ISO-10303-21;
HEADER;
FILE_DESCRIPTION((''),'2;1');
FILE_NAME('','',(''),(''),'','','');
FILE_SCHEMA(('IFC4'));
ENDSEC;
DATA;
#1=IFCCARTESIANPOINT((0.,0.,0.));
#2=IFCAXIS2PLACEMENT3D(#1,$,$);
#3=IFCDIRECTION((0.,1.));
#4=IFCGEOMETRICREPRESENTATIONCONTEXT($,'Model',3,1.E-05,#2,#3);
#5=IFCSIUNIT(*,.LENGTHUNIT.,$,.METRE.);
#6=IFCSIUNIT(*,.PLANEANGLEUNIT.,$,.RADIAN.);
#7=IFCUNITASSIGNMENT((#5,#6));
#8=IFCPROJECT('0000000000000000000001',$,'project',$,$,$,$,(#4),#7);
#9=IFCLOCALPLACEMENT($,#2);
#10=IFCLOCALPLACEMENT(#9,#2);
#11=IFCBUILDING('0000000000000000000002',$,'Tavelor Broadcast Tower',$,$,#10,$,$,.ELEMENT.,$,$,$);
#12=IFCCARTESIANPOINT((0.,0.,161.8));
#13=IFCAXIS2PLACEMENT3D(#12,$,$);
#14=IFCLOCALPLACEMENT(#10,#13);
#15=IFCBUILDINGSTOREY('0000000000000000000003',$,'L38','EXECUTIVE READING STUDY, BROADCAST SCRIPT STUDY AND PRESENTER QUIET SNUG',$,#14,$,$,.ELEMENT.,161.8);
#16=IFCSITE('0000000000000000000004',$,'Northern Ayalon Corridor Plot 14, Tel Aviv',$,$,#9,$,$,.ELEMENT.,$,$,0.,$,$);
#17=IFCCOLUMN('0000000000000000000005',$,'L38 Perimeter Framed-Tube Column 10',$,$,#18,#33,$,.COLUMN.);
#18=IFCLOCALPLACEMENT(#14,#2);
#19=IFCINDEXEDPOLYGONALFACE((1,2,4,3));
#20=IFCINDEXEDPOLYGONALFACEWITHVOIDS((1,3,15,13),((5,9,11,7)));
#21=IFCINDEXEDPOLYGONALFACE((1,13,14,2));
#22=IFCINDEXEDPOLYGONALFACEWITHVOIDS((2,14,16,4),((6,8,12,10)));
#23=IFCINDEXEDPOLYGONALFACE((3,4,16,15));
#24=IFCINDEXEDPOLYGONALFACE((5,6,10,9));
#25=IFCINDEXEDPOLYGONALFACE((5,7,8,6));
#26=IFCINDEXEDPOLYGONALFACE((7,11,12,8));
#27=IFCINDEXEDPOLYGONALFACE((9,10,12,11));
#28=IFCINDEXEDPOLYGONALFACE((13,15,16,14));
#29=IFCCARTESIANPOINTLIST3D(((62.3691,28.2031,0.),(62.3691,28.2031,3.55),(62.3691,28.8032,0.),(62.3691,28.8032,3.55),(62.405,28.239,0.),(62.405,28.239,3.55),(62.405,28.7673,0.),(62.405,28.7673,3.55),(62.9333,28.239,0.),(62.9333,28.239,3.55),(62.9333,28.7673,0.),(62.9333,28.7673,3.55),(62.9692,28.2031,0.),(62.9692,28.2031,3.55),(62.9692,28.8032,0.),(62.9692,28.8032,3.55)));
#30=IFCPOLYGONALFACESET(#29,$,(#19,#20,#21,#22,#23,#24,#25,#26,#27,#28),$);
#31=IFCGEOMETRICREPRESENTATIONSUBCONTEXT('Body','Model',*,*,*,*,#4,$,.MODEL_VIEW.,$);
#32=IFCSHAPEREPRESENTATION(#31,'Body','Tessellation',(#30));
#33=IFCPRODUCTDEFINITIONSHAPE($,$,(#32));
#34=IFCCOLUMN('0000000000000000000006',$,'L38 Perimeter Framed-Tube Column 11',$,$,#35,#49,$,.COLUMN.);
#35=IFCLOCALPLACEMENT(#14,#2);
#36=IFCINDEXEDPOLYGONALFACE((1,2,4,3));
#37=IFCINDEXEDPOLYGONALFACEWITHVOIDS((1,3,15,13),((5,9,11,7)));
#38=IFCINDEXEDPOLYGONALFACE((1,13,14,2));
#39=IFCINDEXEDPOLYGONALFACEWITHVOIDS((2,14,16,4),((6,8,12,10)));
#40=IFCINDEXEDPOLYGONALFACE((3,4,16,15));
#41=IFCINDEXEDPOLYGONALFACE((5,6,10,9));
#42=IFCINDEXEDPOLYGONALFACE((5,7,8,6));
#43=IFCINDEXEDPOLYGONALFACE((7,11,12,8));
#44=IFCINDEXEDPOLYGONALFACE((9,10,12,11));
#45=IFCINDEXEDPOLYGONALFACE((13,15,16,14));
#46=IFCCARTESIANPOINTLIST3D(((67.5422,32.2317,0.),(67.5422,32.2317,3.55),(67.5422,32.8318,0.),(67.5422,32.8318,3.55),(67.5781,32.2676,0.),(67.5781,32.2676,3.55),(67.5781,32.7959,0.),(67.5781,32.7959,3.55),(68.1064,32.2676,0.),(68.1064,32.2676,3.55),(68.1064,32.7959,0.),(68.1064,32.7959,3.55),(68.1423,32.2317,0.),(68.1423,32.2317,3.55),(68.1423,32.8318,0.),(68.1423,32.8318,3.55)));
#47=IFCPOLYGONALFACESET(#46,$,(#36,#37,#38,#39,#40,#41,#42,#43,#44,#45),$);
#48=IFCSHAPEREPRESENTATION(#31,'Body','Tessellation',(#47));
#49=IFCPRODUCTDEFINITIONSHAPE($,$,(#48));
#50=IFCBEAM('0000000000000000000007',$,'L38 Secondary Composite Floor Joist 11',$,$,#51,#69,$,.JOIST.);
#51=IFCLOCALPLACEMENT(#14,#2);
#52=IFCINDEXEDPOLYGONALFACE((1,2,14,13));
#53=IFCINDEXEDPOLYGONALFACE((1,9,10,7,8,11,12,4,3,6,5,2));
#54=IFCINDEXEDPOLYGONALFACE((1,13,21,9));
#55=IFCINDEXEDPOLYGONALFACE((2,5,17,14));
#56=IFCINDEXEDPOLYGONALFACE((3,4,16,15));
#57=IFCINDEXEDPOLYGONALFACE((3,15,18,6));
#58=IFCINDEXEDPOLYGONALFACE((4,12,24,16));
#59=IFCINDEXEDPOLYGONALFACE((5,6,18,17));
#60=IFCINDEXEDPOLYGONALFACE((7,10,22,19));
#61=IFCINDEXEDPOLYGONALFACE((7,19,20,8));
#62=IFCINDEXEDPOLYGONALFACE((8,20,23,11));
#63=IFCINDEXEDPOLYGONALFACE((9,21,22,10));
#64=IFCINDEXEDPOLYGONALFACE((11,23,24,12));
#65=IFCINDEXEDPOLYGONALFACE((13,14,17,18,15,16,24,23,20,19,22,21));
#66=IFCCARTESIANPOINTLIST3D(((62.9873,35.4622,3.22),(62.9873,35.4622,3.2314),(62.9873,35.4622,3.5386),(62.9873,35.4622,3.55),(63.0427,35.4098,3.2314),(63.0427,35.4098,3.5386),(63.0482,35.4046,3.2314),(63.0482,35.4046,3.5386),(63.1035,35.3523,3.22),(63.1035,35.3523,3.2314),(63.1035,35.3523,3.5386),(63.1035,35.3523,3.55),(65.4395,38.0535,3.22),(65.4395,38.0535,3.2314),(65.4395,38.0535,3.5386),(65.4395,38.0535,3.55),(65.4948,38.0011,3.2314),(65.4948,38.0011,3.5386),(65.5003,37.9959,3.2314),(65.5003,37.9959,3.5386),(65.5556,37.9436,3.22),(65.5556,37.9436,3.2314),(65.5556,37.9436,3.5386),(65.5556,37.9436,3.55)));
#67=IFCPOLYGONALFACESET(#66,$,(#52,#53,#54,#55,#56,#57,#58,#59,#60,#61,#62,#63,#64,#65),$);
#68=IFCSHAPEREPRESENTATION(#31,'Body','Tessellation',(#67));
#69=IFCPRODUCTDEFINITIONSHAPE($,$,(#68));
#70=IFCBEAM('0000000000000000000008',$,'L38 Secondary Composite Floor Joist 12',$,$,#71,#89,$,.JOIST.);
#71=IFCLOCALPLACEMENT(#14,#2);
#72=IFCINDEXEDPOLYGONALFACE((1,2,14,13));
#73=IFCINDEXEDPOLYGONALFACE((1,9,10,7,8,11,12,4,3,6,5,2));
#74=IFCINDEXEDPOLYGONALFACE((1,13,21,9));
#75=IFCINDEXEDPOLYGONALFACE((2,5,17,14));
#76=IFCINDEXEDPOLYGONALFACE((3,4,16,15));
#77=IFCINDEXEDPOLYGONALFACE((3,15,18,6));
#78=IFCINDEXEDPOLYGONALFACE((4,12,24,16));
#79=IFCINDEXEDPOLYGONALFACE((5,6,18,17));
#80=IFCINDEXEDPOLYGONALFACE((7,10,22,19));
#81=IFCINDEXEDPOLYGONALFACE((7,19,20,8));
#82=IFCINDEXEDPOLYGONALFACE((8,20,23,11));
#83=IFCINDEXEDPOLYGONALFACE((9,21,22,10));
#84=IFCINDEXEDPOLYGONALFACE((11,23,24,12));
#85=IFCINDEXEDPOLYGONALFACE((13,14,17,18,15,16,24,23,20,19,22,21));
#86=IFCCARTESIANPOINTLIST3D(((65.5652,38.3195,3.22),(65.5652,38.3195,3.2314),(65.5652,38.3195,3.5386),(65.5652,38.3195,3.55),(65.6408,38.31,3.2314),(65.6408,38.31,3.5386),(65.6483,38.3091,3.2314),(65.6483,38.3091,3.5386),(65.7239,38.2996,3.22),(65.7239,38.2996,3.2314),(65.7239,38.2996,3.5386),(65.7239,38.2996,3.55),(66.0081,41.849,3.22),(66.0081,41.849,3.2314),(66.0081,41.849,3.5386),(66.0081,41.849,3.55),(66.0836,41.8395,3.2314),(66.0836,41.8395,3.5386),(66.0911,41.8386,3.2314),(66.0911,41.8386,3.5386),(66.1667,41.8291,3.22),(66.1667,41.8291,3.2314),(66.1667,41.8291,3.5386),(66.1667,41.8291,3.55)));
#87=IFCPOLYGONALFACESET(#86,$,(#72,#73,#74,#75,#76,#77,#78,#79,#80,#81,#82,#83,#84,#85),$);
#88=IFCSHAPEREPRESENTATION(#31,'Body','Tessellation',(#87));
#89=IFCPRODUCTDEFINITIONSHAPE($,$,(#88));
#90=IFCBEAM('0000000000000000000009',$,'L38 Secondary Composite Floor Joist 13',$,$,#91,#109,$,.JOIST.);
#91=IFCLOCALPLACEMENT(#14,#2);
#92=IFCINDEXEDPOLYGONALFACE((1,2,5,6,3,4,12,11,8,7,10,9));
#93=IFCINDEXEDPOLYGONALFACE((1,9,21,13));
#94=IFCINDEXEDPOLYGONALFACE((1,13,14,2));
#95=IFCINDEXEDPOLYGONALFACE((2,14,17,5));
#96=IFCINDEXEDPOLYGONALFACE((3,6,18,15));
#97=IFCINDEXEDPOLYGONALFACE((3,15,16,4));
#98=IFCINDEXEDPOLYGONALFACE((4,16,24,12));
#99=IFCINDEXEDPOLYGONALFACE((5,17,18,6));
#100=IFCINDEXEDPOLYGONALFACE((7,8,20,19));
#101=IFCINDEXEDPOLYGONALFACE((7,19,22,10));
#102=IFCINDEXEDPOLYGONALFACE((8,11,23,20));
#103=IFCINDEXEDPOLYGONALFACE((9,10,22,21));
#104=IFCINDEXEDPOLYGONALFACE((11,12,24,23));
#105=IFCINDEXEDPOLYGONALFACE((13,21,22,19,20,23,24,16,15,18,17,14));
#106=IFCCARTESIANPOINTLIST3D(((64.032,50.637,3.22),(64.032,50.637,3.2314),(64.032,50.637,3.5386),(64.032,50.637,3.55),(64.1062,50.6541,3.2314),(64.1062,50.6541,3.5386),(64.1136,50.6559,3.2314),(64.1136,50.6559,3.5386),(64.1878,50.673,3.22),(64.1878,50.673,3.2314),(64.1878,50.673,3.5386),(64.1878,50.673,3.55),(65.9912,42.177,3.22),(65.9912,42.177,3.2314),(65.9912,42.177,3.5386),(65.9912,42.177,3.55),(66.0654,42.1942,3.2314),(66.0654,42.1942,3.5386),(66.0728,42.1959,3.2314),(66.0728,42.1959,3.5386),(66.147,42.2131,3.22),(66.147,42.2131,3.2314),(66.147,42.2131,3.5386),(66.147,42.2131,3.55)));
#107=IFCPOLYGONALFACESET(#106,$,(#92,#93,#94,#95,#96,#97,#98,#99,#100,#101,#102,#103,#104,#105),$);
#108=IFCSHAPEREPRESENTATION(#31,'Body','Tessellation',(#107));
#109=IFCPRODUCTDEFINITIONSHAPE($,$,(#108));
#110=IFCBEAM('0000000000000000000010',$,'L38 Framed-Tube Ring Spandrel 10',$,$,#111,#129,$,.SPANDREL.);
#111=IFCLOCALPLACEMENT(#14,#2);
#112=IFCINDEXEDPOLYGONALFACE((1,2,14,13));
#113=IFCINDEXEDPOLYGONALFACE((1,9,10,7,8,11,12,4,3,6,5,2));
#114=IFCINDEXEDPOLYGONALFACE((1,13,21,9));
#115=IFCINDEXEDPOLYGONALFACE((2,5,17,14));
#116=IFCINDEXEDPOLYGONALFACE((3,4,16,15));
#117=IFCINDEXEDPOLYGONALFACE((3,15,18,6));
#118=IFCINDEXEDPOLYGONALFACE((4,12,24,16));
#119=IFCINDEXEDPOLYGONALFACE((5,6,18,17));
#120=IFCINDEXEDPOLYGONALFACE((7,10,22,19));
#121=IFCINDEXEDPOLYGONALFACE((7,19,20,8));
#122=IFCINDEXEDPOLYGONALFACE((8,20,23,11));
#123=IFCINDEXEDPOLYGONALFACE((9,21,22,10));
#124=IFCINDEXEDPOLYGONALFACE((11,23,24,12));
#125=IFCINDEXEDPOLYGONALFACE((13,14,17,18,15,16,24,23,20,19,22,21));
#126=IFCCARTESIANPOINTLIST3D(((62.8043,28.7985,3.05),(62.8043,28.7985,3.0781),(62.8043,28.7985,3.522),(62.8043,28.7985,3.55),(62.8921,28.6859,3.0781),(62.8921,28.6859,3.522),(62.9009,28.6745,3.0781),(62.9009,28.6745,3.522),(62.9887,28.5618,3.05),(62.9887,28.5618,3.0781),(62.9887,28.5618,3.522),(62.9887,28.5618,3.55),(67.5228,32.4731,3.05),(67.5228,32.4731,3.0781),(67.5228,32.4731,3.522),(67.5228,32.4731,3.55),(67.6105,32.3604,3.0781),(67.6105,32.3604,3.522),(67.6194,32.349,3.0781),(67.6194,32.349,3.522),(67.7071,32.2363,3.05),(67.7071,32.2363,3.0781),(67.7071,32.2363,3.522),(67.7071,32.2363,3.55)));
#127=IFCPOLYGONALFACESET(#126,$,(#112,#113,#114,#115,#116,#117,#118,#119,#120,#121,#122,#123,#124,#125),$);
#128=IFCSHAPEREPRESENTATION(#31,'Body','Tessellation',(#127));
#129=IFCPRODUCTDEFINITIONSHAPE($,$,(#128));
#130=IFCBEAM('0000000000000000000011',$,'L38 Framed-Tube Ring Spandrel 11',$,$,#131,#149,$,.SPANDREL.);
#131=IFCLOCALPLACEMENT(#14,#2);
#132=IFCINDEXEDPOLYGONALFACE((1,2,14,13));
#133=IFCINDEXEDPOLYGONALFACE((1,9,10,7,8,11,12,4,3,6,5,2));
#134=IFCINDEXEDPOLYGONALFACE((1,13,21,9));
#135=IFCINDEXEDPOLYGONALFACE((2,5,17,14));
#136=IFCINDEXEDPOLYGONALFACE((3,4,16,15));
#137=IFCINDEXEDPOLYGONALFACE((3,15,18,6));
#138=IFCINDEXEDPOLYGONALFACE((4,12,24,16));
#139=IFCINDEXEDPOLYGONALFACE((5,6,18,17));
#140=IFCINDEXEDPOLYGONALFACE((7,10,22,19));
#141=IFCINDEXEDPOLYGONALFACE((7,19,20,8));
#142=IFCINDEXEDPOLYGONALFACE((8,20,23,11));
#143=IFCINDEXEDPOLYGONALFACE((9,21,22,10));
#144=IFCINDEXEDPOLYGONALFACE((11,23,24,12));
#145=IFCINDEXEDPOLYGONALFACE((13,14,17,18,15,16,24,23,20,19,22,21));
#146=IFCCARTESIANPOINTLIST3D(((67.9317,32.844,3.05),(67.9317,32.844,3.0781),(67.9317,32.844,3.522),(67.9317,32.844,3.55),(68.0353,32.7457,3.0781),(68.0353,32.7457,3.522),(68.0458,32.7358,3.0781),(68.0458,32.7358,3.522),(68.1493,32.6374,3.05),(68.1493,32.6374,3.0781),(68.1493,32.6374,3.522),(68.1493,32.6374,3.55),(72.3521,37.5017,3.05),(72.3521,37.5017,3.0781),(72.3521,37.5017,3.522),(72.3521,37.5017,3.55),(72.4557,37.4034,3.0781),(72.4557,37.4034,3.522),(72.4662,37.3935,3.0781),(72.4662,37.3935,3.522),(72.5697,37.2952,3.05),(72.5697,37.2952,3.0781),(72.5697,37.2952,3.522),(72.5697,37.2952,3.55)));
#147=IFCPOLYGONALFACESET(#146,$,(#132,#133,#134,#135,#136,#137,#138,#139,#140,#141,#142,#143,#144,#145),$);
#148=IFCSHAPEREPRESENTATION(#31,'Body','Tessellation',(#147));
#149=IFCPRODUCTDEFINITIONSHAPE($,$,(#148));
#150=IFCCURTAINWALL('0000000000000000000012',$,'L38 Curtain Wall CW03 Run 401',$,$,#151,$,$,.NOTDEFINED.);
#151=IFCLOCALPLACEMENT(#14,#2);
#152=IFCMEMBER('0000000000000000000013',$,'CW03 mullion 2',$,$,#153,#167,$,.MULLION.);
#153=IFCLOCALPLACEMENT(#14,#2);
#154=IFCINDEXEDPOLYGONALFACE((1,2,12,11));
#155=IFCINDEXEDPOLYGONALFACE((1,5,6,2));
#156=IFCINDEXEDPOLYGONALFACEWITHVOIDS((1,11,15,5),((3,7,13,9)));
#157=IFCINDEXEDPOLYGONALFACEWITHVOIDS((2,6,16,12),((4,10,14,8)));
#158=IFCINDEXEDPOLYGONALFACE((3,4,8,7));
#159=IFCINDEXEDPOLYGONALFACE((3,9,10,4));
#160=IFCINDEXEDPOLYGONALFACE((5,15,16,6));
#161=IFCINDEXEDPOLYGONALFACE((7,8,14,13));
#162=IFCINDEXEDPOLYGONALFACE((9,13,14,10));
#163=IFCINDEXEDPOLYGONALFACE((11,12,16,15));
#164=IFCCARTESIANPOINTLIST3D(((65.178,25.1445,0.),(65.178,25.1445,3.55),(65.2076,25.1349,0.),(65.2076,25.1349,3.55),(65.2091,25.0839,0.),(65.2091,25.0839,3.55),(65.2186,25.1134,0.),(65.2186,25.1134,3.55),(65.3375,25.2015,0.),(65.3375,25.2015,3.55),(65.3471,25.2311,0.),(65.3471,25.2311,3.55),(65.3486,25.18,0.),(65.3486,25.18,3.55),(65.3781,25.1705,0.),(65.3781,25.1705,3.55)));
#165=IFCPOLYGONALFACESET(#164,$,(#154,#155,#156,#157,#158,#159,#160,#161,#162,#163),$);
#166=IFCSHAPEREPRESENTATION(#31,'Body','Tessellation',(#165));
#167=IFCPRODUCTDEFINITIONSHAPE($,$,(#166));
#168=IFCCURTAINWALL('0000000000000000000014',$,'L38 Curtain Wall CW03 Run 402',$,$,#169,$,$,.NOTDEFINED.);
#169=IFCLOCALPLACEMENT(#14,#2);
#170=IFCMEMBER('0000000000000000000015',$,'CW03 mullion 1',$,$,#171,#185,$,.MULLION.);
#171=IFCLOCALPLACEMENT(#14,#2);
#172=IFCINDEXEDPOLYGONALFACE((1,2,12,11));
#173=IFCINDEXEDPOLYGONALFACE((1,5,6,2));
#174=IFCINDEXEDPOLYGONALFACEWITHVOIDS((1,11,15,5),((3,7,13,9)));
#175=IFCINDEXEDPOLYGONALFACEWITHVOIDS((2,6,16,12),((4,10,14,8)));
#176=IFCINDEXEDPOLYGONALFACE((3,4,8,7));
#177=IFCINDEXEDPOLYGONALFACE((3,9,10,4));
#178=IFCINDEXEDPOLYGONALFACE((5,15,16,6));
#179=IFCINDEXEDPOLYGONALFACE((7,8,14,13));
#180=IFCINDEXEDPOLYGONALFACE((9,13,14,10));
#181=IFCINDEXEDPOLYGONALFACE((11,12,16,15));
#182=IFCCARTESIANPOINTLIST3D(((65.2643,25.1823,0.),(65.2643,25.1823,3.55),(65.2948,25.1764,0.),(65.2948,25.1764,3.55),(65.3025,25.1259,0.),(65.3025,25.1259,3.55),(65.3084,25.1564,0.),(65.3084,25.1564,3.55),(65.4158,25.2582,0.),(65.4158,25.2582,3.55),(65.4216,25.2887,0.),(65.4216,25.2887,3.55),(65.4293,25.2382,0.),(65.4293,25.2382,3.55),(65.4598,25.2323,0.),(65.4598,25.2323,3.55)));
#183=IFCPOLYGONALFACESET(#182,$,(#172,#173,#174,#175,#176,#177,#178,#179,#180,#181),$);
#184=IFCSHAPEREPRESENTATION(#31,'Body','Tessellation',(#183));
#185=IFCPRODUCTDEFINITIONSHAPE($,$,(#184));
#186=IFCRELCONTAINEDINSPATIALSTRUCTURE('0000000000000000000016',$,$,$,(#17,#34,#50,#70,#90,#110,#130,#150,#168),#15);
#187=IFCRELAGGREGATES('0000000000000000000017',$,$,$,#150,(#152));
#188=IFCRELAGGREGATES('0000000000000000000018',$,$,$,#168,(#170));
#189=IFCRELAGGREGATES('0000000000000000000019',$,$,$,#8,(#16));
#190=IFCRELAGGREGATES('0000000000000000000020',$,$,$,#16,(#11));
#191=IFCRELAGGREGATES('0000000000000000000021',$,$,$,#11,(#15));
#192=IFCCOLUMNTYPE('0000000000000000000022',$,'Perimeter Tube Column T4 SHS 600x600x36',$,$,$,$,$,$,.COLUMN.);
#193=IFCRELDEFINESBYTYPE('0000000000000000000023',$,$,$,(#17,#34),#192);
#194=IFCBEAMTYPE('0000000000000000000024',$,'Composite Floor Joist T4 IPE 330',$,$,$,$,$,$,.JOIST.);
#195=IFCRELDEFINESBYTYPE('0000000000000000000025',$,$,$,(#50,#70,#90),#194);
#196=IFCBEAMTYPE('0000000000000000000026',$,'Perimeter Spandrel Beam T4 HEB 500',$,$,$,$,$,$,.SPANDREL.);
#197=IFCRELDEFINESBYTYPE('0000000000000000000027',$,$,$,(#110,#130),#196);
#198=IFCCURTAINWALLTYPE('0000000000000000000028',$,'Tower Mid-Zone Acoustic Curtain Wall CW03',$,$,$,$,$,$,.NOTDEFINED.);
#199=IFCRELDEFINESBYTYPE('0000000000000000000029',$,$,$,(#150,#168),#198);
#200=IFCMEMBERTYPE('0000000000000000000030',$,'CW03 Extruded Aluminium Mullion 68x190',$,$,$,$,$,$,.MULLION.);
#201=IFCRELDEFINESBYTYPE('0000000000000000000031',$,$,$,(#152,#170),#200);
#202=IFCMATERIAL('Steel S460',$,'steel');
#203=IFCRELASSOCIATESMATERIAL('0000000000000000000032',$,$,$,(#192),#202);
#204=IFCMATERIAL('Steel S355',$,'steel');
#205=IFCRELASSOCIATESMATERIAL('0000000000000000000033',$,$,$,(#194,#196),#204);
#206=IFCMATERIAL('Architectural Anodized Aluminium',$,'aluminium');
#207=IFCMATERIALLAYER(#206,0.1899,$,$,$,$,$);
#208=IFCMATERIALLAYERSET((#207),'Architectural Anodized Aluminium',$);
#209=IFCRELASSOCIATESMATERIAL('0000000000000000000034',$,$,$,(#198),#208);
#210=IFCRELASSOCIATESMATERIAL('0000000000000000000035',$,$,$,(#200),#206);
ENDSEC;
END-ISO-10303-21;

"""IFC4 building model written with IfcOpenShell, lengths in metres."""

from ifc_helpers import new_model, si_unit, direction, frame, origin, origin_2d, place, context, subcontext, project, spatial, hollow_rectangle, i_section, extrude, source, transform, mapped, material, layer, layer_set, material_profile, profile_set, type_object, type_shapes, element, aggregate, save


model = new_model("IFC4")

# Units and contexts
model_context = context("Model", 3, precision=1e-05, world=origin(), true_north=direction((0.0, 1.0)))
body_context = subcontext(model_context, "Body", "Model", "MODEL_VIEW")
ifc_project = project(units=[si_unit("LENGTHUNIT", "METRE"), si_unit("PLANEANGLEUNIT", "RADIAN")], contexts=[model_context])

# Site, building, storey
site_placement = place(None, origin())
site = spatial("IfcSite", under=ifc_project, at=site_placement, Name="Northern Ayalon Corridor Plot 14, Tel Aviv", CompositionType="ELEMENT", RefElevation=0.0)
building_placement = place(site_placement, origin())
building = spatial("IfcBuilding", under=site, at=building_placement, Name="Tavelor Broadcast Tower", CompositionType="ELEMENT")
storey_placement = place(building_placement, frame((0.0, 0.0, 161.8)))
storey = spatial("IfcBuildingStorey", under=building, at=storey_placement, Name="L38", Description="EXECUTIVE READING STUDY, BROADCAST SCRIPT STUDY AND PRESENTER QUIET SNUG", CompositionType="ELEMENT", Elevation=161.8)

# Columns
ifc_material_1 = material(Name="Steel S460", Category="steel")
ifc_material_profile_1 = material_profile(ifc_material_1, hollow_rectangle(XDim=0.6001, YDim=0.6001, WallThickness=0.0359, at=origin_2d()), Name="SHS 600x600x36")
ifc_profile_set_1 = profile_set([ifc_material_profile_1], Name="Steel S460")
column_type = type_object("IfcColumnType", Name="Perimeter Tube Column T4 SHS 600x600x36", PredefinedType="COLUMN", material=ifc_profile_set_1)
for number, where, z_axis, x_axis, name in (
    (1, (62.6692, 28.5032, 0.0), (0.0, 0.0, 1.0), (1.0, 0.0, 0.0), "L38 Perimeter Framed-Tube Column 10"),
    (2, (67.8423, 32.5317, 0.0), (0.0, 0.0, 1.0), (1.0, 0.0, 0.0), "L38 Perimeter Framed-Tube Column 11"),
):
    element("IfcColumn", number, at=place(storey_placement, frame(where, z_axis=z_axis, x_axis=x_axis)), inside=storey, type_object=column_type, Name=name, PredefinedType="COLUMN", context=body_context, shape_type="SweptSolid", body=[
        extrude(hollow_rectangle(XDim=0.6001, YDim=0.6001, WallThickness=0.0359, at=origin_2d()), origin(), (0.0, 0.0, 1.0), 3.55),
    ])

# Beams
ifc_material_2 = material(Name="Steel S355", Category="steel")
ifc_material_profile_2 = material_profile(ifc_material_2, i_section(OverallWidth=0.1599, OverallDepth=0.3301, WebThickness=0.0076, FlangeThickness=0.0115, at=origin_2d()), Name="IPE 330")
ifc_profile_set_2 = profile_set([ifc_material_profile_2], Name="Steel S355")
beam_type_1 = type_object("IfcBeamType", Name="Composite Floor Joist T4 IPE 330", PredefinedType="JOIST", material=ifc_profile_set_2)
beam_1_placement = place(storey_placement, frame((63.0454, 35.4072, 3.385), z_axis=(0.687335, 0.726341, 0.0), x_axis=(-0.726341, 0.687335, 0.0)))
element("IfcBeam", 3, at=beam_1_placement, inside=storey, type_object=beam_type_1, Name="L38 Secondary Composite Floor Joist 11", PredefinedType="JOIST", context=body_context, shape_type="SweptSolid", body=[
    extrude(i_section(OverallWidth=0.1599, OverallDepth=0.3301, WebThickness=0.0076, FlangeThickness=0.0115, at=origin_2d()), origin(), (0.0, 0.0, 1.0), 3.5676),
])
beam_2_placement = place(storey_placement, frame((65.6445, 38.3096, 3.385), z_axis=(0.124499, 0.99222, 0.0), x_axis=(-0.99222, 0.124499, 0.0)))
element("IfcBeam", 4, at=beam_2_placement, inside=storey, type_object=beam_type_1, Name="L38 Secondary Composite Floor Joist 12", PredefinedType="JOIST", context=body_context, shape_type="SweptSolid", body=[
    extrude(i_section(OverallWidth=0.1599, OverallDepth=0.3301, WebThickness=0.0076, FlangeThickness=0.0115, at=origin_2d()), origin(), (0.0, 0.0, 1.0), 3.5571),
])
beam_3_placement = place(storey_placement, frame((66.0691, 42.1951, 3.385), z_axis=(-0.225617, 0.974216, 0.0), x_axis=(-0.974216, -0.225617, 0.0)))
element("IfcBeam", 5, at=beam_3_placement, inside=storey, type_object=beam_type_1, Name="L38 Secondary Composite Floor Joist 13", PredefinedType="JOIST", context=body_context, shape_type="SweptSolid", body=[
    extrude(i_section(OverallWidth=0.1599, OverallDepth=0.3301, WebThickness=0.0076, FlangeThickness=0.0115, at=origin_2d()), origin(), (0.0, 0.0, 1.0), 8.6838),
])
ifc_material_profile_3 = material_profile(ifc_material_2, i_section(OverallWidth=0.3, OverallDepth=0.5, WebThickness=0.0144, FlangeThickness=0.0281, at=origin_2d()), Name="HEB 500")
ifc_profile_set_3 = profile_set([ifc_material_profile_3], Name="Steel S355")
beam_type_2 = type_object("IfcBeamType", Name="Perimeter Spandrel Beam T4 HEB 500", PredefinedType="SPANDREL", material=ifc_profile_set_3)
beam_4_placement = place(storey_placement, frame((62.8965, 28.6802, 3.3), z_axis=(0.788978, 0.614421, 0.0), x_axis=(-0.614421, 0.788978, 0.0)))
element("IfcBeam", 6, at=beam_4_placement, inside=storey, type_object=beam_type_2, Name="L38 Framed-Tube Ring Spandrel 10", PredefinedType="SPANDREL", context=body_context, shape_type="SweptSolid", body=[
    extrude(i_section(OverallWidth=0.3, OverallDepth=0.5, WebThickness=0.0144, FlangeThickness=0.0281, at=origin_2d()), origin(), (0.0, 0.0, 1.0), 5.9805),
])
beam_5_placement = place(storey_placement, frame((68.0405, 32.7407, 3.3), z_axis=(0.688388, 0.725343, 0.0), x_axis=(-0.725343, 0.688388, 0.0)))
element("IfcBeam", 7, at=beam_5_placement, inside=storey, type_object=beam_type_2, Name="L38 Framed-Tube Ring Spandrel 11", PredefinedType="SPANDREL", context=body_context, shape_type="SweptSolid", body=[
    extrude(i_section(OverallWidth=0.3, OverallDepth=0.5, WebThickness=0.0144, FlangeThickness=0.0281, at=origin_2d()), origin(), (0.0, 0.0, 1.0), 6.4214),
])

# Curtain wall, member
ifc_material_3 = material(Name="Architectural Anodized Aluminium", Category="aluminium")
ifc_layer_1 = layer(ifc_material_3, 0.1899)
ifc_layer_set_1 = layer_set([ifc_layer_1], Name="Architectural Anodized Aluminium")
curtain_wall_type = type_object("IfcCurtainWallType", Name="Tower Mid-Zone Acoustic Curtain Wall CW03", PredefinedType="NOTDEFINED", material=ifc_layer_set_1)
curtain_wall_1_placement = place(storey_placement, origin())
curtain_wall_1 = element("IfcCurtainWall", 8, at=curtain_wall_1_placement, inside=storey, type_object=curtain_wall_type, Name="L38 Curtain Wall CW03 Run 401", PredefinedType="NOTDEFINED")
ifc_material_profile_4 = material_profile(ifc_material_3, hollow_rectangle(XDim=0.0681, YDim=0.1899, WallThickness=0.022, at=origin_2d()), Name="RHS 68x190x22")
ifc_profile_set_4 = profile_set([ifc_material_profile_4], Name="Architectural Anodized Aluminium")
member_type_1 = type_object("IfcMemberType", Name="CW03 Extruded Aluminium Mullion 68x190", PredefinedType="MULLION", material=ifc_profile_set_4)
shared_shape_1 = source(origin(), body_context, "Body", "SweptSolid", [
    extrude(hollow_rectangle(XDim=0.0681, YDim=0.1899, WallThickness=0.022, at=origin_2d()), origin(), (0.0, 0.0, 1.0), 3.55),
])
type_shapes(member_type_1, [shared_shape_1])
member_1_placement = place(storey_placement, frame((65.2781, 25.1575, 0.0), z_axis=(0.0, 0.0, 1.0), x_axis=(-0.455936, 0.890013, 0.0)))
member_1 = element("IfcMember", 9, at=member_1_placement, type_object=member_type_1, Name="CW03 mullion 2", PredefinedType="MULLION", context=body_context, shape_type="MappedRepresentation", body=[
    mapped(shared_shape_1, transform((0.0, 0.0, 0.0), scale=1.0)),
])
aggregate(curtain_wall_1, [member_1])

# Curtain wall, member
curtain_wall_2_placement = place(storey_placement, origin())
curtain_wall_2 = element("IfcCurtainWall", 10, at=curtain_wall_2_placement, inside=storey, type_object=curtain_wall_type, Name="L38 Curtain Wall CW03 Run 402", PredefinedType="NOTDEFINED")
member_2_placement = place(storey_placement, frame((65.3621, 25.2073, 0.0), z_axis=(0.0, 0.0, 1.0), x_axis=(-0.560285, 0.8283, 0.0)))
member_2 = element("IfcMember", 11, at=member_2_placement, type_object=member_type_1, Name="CW03 mullion 1", PredefinedType="MULLION", context=body_context, shape_type="MappedRepresentation", body=[
    mapped(shared_shape_1, transform((0.0, 0.0, 0.0), scale=1.0)),
])

aggregate(curtain_wall_2, [member_2])

save(model, "model.ifc")
